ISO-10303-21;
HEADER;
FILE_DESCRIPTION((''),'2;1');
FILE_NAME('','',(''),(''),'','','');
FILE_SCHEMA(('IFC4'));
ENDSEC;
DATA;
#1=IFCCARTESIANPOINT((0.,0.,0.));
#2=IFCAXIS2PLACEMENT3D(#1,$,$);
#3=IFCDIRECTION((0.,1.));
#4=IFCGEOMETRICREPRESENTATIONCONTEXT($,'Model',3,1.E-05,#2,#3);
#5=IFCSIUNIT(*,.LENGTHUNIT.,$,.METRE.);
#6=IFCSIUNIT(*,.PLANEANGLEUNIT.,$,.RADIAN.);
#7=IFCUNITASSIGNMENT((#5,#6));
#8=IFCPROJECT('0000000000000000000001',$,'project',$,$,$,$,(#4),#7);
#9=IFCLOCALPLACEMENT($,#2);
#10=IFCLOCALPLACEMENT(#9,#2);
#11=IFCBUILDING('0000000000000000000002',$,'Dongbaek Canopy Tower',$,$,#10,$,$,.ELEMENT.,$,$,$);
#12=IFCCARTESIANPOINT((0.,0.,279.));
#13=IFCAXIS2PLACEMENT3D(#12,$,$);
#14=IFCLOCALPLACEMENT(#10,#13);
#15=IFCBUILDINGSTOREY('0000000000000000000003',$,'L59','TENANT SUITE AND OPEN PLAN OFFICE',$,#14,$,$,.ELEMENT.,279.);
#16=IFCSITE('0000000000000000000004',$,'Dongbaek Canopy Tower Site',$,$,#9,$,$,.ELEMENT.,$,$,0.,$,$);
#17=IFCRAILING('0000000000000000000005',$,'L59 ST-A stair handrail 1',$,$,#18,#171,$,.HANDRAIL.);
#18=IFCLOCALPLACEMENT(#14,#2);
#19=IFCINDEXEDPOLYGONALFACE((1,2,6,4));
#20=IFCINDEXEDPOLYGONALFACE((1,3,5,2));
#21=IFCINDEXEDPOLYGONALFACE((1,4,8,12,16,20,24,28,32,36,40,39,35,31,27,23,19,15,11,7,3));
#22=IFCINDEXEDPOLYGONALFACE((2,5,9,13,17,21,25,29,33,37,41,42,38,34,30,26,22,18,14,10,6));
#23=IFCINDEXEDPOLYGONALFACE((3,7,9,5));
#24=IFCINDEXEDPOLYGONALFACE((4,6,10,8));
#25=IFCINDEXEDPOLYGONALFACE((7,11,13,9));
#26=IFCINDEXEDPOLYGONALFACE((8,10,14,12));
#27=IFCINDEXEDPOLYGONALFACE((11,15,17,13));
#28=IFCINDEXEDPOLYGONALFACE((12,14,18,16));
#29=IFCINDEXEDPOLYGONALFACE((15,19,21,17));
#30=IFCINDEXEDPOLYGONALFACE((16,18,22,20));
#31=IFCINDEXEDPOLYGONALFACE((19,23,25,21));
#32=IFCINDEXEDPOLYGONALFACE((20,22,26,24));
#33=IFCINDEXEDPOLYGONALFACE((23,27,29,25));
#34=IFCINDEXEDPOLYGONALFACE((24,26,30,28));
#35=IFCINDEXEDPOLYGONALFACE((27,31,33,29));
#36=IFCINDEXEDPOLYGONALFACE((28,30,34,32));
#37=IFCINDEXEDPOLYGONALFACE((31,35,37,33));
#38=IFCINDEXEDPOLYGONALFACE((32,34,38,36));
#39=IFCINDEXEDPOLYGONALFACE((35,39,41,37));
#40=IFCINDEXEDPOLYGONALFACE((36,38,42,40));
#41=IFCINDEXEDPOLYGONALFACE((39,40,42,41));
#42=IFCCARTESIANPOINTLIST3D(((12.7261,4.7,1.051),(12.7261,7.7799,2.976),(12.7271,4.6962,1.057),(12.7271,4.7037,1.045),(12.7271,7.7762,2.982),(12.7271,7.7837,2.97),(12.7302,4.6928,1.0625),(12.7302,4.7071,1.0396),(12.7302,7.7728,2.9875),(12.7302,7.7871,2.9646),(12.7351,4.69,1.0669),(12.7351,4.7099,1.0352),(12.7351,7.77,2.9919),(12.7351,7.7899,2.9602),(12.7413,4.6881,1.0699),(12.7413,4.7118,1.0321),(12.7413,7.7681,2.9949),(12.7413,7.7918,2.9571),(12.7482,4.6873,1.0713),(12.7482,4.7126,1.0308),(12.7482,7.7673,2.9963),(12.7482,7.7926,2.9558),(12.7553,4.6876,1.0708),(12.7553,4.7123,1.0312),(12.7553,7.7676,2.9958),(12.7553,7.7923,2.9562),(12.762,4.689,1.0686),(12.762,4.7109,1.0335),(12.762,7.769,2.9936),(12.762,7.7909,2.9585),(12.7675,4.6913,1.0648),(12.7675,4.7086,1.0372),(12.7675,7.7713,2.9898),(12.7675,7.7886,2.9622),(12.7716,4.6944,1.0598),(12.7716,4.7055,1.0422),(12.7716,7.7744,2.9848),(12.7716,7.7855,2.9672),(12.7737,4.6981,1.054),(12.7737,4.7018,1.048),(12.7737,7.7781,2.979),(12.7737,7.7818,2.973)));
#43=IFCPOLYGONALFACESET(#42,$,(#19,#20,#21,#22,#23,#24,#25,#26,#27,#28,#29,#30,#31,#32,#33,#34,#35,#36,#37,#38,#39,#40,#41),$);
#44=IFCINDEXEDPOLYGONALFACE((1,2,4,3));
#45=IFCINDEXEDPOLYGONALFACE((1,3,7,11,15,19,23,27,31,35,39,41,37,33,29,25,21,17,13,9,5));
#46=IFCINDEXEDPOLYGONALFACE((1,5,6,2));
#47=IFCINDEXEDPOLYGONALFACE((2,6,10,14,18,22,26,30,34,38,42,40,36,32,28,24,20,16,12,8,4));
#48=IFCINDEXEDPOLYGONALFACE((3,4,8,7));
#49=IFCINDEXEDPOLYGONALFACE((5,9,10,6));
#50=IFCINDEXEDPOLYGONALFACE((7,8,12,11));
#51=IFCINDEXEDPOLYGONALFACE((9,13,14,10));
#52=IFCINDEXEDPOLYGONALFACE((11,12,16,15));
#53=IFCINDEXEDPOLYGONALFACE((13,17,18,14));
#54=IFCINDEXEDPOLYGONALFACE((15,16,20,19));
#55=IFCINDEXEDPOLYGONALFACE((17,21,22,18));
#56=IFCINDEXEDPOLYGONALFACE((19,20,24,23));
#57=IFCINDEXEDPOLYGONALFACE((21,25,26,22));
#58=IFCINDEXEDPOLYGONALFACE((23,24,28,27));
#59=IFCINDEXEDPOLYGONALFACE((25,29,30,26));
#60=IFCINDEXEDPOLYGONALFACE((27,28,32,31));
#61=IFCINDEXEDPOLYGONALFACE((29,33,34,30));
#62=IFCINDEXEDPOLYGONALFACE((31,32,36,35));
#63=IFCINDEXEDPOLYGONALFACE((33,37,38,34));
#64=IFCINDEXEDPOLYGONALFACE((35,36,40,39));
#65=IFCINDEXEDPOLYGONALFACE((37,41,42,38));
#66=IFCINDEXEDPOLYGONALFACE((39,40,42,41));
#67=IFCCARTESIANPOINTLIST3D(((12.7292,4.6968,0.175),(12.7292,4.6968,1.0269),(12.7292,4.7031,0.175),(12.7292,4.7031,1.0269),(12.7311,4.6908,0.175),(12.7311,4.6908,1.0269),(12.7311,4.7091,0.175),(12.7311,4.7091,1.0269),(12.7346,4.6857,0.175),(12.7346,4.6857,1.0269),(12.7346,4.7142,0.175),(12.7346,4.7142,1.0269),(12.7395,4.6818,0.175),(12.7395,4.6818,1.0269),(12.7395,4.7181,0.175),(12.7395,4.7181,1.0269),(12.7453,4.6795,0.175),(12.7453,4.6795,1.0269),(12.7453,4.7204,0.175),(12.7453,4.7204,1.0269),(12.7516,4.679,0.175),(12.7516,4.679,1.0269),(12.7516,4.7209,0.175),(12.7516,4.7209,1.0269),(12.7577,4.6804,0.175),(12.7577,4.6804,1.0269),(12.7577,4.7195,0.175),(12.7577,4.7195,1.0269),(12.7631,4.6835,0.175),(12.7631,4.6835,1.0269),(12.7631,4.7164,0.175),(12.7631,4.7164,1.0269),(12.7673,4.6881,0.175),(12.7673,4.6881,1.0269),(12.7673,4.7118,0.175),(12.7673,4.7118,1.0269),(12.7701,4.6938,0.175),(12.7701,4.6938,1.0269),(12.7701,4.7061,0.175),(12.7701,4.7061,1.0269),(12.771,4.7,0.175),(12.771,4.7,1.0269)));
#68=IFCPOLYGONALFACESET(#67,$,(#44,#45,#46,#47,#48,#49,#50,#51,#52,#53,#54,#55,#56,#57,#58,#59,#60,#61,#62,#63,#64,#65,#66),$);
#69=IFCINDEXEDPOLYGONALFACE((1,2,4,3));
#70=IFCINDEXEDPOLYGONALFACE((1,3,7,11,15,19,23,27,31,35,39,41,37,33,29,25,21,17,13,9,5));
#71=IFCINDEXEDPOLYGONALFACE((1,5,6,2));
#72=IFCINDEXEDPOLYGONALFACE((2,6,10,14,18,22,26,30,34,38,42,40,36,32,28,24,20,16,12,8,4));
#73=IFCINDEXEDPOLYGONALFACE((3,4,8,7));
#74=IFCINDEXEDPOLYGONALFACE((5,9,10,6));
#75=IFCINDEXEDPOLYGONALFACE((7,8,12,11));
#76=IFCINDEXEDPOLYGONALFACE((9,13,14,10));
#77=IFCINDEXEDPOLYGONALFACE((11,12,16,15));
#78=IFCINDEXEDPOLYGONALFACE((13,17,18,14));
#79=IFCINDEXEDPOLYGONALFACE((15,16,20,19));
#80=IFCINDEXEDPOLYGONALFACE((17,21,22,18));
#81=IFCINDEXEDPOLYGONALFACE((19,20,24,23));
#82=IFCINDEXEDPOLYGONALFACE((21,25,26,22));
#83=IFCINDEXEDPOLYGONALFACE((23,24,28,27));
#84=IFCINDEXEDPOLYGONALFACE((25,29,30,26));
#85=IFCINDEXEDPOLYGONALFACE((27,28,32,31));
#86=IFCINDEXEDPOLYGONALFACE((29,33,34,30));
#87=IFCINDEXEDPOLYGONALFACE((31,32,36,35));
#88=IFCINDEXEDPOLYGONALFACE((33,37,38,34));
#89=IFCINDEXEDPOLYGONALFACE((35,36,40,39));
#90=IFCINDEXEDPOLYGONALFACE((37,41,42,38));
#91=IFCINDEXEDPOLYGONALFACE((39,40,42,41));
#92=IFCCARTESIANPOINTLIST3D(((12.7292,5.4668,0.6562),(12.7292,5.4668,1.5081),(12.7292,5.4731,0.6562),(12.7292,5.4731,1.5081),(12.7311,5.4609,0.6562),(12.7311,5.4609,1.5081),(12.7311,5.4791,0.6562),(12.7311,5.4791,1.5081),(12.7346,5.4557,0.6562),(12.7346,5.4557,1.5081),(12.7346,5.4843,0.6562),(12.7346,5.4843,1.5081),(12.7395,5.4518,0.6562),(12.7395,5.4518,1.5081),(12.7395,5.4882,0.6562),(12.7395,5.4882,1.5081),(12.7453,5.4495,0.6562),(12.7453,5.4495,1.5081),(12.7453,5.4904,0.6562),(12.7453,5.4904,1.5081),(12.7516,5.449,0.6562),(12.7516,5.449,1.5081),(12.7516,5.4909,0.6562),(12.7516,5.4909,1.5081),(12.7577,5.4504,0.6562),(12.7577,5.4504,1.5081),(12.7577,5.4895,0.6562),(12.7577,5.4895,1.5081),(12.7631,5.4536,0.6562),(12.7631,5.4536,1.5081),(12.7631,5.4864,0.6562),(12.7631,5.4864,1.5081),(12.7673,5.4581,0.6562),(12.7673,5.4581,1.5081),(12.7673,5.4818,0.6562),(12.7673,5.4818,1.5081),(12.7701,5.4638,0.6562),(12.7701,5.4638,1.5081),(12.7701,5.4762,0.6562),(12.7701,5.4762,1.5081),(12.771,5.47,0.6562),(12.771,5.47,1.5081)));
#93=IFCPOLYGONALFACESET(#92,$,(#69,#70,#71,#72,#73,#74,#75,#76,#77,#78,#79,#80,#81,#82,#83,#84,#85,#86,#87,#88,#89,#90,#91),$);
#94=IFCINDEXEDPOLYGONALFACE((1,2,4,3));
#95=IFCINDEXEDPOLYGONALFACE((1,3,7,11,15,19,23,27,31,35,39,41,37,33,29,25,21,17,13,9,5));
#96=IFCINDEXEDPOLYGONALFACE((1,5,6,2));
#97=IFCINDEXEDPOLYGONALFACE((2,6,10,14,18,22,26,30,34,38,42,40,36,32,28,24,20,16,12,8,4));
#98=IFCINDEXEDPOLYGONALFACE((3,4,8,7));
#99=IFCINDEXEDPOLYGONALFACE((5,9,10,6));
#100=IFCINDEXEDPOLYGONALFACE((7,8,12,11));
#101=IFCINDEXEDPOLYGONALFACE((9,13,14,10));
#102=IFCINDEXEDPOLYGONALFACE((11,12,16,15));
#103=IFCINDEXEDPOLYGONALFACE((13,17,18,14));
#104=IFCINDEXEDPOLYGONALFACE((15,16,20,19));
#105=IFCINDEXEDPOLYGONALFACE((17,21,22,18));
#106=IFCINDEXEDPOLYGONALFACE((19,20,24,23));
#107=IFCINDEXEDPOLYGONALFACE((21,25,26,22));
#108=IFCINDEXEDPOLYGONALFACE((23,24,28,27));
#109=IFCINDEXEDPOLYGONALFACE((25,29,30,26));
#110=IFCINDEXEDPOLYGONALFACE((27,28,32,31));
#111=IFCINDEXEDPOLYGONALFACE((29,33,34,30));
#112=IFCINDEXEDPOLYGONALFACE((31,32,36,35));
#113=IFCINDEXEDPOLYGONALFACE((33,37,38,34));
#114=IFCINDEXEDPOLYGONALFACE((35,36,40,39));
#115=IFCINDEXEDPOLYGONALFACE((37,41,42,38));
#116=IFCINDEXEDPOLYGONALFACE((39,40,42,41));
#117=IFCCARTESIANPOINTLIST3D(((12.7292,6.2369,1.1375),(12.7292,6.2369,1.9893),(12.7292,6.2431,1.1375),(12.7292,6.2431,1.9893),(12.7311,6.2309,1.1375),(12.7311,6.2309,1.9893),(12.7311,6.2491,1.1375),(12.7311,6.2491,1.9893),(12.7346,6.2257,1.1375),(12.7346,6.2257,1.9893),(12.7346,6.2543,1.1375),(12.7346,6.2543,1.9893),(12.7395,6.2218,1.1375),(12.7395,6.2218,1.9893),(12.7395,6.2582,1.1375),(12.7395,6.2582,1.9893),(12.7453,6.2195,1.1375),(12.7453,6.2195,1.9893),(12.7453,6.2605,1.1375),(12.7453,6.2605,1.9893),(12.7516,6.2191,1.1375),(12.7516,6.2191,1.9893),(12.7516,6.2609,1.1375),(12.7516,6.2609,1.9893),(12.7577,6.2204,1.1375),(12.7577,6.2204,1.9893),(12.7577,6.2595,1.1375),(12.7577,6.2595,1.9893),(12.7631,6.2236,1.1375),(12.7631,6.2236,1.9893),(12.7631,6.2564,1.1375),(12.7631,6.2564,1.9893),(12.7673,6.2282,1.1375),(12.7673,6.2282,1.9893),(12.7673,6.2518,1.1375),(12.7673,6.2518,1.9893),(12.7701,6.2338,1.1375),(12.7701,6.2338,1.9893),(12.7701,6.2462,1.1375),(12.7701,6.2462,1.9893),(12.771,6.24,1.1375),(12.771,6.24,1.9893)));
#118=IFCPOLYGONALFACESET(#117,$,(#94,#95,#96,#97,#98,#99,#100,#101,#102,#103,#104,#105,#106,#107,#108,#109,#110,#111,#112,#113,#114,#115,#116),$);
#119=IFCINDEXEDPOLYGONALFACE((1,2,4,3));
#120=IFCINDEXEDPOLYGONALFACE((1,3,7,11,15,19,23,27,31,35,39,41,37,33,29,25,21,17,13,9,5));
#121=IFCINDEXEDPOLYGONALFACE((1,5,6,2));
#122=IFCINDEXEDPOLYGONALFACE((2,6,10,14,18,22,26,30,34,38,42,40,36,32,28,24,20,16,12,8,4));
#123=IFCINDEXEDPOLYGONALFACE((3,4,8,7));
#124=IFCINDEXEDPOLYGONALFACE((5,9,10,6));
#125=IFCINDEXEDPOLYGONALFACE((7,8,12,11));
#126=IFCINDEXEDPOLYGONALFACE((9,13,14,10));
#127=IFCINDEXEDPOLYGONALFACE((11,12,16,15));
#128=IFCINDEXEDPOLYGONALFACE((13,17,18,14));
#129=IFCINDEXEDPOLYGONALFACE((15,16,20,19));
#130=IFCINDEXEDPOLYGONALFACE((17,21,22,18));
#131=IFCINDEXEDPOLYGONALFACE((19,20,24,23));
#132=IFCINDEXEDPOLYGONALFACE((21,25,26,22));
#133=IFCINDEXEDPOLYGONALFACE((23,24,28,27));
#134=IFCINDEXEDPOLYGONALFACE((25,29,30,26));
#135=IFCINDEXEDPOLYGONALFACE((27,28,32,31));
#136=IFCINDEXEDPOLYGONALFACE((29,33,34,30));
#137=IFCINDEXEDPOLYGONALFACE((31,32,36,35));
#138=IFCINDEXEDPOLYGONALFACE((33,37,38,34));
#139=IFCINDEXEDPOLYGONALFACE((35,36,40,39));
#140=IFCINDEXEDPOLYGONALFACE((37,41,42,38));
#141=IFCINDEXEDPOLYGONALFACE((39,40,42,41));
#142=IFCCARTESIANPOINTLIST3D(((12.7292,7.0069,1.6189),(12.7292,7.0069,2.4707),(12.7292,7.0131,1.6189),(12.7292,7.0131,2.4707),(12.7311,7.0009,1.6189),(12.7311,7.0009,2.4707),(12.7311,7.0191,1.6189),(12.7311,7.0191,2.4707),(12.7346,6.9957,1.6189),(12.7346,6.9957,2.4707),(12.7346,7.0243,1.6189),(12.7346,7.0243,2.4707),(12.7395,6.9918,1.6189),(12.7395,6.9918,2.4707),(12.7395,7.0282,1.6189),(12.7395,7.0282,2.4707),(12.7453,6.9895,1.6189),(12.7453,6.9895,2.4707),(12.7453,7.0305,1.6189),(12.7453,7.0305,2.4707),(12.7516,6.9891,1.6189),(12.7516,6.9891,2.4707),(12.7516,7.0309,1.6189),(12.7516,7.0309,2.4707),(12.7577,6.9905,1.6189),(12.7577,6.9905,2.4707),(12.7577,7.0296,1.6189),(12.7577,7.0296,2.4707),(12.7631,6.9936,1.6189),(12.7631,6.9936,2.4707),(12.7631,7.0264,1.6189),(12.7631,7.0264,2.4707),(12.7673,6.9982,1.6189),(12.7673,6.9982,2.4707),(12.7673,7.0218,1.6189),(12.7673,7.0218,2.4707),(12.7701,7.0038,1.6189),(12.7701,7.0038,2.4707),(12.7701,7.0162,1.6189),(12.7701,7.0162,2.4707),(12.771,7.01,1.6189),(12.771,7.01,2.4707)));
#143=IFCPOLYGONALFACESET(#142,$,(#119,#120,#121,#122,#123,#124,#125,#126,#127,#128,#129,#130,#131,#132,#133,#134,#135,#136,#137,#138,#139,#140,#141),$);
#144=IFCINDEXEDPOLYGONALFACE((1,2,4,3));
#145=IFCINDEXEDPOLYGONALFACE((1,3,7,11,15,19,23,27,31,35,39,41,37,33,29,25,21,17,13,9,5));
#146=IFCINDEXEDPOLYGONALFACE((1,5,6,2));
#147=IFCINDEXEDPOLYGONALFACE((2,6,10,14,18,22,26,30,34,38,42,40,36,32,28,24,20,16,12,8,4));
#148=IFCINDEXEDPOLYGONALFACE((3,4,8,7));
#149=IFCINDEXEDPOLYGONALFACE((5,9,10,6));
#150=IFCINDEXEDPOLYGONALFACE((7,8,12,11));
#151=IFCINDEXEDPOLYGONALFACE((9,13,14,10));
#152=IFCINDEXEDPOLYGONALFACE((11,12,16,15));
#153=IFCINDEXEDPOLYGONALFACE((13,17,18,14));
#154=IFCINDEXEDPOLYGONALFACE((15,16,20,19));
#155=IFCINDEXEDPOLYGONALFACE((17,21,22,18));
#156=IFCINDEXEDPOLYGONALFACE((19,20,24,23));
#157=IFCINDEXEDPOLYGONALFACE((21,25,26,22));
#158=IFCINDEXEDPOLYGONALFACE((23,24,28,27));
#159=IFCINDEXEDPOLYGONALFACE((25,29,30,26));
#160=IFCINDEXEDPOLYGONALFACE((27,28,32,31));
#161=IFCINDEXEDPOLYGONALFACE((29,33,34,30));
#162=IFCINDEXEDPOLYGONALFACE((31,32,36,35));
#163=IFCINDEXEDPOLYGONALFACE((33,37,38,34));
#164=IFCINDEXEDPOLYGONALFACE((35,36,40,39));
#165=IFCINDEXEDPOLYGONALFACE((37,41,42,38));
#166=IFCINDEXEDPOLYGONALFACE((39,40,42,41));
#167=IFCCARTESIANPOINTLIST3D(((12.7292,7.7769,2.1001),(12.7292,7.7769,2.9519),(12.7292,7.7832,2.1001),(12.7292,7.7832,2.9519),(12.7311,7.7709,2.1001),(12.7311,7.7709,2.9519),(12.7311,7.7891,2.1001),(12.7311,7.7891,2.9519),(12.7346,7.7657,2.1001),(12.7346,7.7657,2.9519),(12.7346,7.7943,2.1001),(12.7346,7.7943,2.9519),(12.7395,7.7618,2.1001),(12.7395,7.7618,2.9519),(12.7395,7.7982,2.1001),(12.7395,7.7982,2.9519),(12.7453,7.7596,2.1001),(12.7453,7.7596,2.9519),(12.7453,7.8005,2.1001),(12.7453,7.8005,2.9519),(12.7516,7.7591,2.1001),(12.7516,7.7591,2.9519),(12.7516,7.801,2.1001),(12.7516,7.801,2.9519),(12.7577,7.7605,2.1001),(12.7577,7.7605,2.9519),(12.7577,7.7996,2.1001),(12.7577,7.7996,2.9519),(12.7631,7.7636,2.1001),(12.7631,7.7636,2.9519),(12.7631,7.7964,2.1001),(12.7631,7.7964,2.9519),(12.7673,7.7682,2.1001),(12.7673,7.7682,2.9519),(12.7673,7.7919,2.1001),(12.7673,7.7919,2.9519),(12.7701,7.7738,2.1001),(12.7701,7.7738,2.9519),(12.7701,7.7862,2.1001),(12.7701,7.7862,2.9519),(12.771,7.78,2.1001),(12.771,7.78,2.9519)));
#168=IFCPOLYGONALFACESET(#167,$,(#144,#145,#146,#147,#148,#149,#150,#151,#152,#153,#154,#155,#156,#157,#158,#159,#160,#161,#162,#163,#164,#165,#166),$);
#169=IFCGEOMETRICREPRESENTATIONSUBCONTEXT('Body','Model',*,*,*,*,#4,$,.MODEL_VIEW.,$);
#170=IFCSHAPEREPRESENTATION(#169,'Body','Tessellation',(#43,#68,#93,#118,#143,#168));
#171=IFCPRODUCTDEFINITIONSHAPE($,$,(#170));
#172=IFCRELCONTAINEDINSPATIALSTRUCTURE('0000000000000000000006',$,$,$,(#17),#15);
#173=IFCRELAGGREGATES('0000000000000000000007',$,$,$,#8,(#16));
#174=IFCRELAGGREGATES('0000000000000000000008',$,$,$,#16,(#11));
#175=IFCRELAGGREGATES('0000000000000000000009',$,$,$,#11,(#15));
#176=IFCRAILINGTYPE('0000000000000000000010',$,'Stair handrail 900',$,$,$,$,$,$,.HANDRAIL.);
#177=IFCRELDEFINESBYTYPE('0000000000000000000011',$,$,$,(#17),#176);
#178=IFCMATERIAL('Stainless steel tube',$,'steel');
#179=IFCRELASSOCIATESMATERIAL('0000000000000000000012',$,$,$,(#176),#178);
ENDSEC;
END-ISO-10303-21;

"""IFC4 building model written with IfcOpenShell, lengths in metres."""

from ifc_helpers import new_model, si_unit, direction, frame, origin, origin_2d, place, context, subcontext, project, spatial, circle, extrude, material, type_object, element, save


model = new_model("IFC4")

# Units and contexts
model_context = context("Model", 3, precision=1e-05, world=origin(), true_north=direction((0.0, 1.0)))
body_context = subcontext(model_context, "Body", "Model", "MODEL_VIEW")
ifc_project = project(units=[si_unit("LENGTHUNIT", "METRE"), si_unit("PLANEANGLEUNIT", "RADIAN")], contexts=[model_context])

# Site, building, storey
site_placement = place(None, origin())
site = spatial("IfcSite", under=ifc_project, at=site_placement, Name="Dongbaek Canopy Tower Site", CompositionType="ELEMENT", RefElevation=0.0)
building_placement = place(site_placement, origin())
building = spatial("IfcBuilding", under=site, at=building_placement, Name="Dongbaek Canopy Tower", CompositionType="ELEMENT")
storey_placement = place(building_placement, frame((0.0, 0.0, 279.0)))
storey = spatial("IfcBuildingStorey", under=building, at=storey_placement, Name="L59", Description="TENANT SUITE AND OPEN PLAN OFFICE", CompositionType="ELEMENT", Elevation=279.0)

# Railing
ifc_material_1 = material(Name="Stainless steel tube", Category="steel")
railing_type_1 = type_object("IfcRailingType", Name="Stair handrail 900", PredefinedType="HANDRAIL", material=ifc_material_1)
railing_1_placement = place(storey_placement, frame((12.75, 4.7, 0.175)))
element("IfcRailing", 1, at=railing_1_placement, inside=storey, type_object=railing_type_1, Name="L59 ST-A stair handrail 1", PredefinedType="HANDRAIL", context=body_context, shape_type="SweptSolid", body=[
    extrude(circle(Radius=0.0239, at=origin_2d()), frame((0.0, 0.0, 0.876), z_axis=(0.0, 0.847998, 0.529999), x_axis=(-1.0, 0.0, 0.0)), (0.0, 0.0, 1.0), 3.6321),
    extrude(circle(Radius=0.021, at=origin_2d()), origin(), (0.0, 0.0, 1.0), 0.8518),
    extrude(circle(Radius=0.021, at=origin_2d()), frame((0.0, 0.77, 0.4812)), (0.0, 0.0, 1.0), 0.8518),
    extrude(circle(Radius=0.021, at=origin_2d()), frame((0.0, 1.54, 0.9624)), (0.0, 0.0, 1.0), 0.8518),
    extrude(circle(Radius=0.021, at=origin_2d()), frame((0.0, 2.3101, 1.4438)), (0.0, 0.0, 1.0), 0.8518),
    extrude(circle(Radius=0.021, at=origin_2d()), frame((0.0, 3.0801, 1.925)), (0.0, 0.0, 1.0), 0.8518),
])

save(model, "model.ifc")
